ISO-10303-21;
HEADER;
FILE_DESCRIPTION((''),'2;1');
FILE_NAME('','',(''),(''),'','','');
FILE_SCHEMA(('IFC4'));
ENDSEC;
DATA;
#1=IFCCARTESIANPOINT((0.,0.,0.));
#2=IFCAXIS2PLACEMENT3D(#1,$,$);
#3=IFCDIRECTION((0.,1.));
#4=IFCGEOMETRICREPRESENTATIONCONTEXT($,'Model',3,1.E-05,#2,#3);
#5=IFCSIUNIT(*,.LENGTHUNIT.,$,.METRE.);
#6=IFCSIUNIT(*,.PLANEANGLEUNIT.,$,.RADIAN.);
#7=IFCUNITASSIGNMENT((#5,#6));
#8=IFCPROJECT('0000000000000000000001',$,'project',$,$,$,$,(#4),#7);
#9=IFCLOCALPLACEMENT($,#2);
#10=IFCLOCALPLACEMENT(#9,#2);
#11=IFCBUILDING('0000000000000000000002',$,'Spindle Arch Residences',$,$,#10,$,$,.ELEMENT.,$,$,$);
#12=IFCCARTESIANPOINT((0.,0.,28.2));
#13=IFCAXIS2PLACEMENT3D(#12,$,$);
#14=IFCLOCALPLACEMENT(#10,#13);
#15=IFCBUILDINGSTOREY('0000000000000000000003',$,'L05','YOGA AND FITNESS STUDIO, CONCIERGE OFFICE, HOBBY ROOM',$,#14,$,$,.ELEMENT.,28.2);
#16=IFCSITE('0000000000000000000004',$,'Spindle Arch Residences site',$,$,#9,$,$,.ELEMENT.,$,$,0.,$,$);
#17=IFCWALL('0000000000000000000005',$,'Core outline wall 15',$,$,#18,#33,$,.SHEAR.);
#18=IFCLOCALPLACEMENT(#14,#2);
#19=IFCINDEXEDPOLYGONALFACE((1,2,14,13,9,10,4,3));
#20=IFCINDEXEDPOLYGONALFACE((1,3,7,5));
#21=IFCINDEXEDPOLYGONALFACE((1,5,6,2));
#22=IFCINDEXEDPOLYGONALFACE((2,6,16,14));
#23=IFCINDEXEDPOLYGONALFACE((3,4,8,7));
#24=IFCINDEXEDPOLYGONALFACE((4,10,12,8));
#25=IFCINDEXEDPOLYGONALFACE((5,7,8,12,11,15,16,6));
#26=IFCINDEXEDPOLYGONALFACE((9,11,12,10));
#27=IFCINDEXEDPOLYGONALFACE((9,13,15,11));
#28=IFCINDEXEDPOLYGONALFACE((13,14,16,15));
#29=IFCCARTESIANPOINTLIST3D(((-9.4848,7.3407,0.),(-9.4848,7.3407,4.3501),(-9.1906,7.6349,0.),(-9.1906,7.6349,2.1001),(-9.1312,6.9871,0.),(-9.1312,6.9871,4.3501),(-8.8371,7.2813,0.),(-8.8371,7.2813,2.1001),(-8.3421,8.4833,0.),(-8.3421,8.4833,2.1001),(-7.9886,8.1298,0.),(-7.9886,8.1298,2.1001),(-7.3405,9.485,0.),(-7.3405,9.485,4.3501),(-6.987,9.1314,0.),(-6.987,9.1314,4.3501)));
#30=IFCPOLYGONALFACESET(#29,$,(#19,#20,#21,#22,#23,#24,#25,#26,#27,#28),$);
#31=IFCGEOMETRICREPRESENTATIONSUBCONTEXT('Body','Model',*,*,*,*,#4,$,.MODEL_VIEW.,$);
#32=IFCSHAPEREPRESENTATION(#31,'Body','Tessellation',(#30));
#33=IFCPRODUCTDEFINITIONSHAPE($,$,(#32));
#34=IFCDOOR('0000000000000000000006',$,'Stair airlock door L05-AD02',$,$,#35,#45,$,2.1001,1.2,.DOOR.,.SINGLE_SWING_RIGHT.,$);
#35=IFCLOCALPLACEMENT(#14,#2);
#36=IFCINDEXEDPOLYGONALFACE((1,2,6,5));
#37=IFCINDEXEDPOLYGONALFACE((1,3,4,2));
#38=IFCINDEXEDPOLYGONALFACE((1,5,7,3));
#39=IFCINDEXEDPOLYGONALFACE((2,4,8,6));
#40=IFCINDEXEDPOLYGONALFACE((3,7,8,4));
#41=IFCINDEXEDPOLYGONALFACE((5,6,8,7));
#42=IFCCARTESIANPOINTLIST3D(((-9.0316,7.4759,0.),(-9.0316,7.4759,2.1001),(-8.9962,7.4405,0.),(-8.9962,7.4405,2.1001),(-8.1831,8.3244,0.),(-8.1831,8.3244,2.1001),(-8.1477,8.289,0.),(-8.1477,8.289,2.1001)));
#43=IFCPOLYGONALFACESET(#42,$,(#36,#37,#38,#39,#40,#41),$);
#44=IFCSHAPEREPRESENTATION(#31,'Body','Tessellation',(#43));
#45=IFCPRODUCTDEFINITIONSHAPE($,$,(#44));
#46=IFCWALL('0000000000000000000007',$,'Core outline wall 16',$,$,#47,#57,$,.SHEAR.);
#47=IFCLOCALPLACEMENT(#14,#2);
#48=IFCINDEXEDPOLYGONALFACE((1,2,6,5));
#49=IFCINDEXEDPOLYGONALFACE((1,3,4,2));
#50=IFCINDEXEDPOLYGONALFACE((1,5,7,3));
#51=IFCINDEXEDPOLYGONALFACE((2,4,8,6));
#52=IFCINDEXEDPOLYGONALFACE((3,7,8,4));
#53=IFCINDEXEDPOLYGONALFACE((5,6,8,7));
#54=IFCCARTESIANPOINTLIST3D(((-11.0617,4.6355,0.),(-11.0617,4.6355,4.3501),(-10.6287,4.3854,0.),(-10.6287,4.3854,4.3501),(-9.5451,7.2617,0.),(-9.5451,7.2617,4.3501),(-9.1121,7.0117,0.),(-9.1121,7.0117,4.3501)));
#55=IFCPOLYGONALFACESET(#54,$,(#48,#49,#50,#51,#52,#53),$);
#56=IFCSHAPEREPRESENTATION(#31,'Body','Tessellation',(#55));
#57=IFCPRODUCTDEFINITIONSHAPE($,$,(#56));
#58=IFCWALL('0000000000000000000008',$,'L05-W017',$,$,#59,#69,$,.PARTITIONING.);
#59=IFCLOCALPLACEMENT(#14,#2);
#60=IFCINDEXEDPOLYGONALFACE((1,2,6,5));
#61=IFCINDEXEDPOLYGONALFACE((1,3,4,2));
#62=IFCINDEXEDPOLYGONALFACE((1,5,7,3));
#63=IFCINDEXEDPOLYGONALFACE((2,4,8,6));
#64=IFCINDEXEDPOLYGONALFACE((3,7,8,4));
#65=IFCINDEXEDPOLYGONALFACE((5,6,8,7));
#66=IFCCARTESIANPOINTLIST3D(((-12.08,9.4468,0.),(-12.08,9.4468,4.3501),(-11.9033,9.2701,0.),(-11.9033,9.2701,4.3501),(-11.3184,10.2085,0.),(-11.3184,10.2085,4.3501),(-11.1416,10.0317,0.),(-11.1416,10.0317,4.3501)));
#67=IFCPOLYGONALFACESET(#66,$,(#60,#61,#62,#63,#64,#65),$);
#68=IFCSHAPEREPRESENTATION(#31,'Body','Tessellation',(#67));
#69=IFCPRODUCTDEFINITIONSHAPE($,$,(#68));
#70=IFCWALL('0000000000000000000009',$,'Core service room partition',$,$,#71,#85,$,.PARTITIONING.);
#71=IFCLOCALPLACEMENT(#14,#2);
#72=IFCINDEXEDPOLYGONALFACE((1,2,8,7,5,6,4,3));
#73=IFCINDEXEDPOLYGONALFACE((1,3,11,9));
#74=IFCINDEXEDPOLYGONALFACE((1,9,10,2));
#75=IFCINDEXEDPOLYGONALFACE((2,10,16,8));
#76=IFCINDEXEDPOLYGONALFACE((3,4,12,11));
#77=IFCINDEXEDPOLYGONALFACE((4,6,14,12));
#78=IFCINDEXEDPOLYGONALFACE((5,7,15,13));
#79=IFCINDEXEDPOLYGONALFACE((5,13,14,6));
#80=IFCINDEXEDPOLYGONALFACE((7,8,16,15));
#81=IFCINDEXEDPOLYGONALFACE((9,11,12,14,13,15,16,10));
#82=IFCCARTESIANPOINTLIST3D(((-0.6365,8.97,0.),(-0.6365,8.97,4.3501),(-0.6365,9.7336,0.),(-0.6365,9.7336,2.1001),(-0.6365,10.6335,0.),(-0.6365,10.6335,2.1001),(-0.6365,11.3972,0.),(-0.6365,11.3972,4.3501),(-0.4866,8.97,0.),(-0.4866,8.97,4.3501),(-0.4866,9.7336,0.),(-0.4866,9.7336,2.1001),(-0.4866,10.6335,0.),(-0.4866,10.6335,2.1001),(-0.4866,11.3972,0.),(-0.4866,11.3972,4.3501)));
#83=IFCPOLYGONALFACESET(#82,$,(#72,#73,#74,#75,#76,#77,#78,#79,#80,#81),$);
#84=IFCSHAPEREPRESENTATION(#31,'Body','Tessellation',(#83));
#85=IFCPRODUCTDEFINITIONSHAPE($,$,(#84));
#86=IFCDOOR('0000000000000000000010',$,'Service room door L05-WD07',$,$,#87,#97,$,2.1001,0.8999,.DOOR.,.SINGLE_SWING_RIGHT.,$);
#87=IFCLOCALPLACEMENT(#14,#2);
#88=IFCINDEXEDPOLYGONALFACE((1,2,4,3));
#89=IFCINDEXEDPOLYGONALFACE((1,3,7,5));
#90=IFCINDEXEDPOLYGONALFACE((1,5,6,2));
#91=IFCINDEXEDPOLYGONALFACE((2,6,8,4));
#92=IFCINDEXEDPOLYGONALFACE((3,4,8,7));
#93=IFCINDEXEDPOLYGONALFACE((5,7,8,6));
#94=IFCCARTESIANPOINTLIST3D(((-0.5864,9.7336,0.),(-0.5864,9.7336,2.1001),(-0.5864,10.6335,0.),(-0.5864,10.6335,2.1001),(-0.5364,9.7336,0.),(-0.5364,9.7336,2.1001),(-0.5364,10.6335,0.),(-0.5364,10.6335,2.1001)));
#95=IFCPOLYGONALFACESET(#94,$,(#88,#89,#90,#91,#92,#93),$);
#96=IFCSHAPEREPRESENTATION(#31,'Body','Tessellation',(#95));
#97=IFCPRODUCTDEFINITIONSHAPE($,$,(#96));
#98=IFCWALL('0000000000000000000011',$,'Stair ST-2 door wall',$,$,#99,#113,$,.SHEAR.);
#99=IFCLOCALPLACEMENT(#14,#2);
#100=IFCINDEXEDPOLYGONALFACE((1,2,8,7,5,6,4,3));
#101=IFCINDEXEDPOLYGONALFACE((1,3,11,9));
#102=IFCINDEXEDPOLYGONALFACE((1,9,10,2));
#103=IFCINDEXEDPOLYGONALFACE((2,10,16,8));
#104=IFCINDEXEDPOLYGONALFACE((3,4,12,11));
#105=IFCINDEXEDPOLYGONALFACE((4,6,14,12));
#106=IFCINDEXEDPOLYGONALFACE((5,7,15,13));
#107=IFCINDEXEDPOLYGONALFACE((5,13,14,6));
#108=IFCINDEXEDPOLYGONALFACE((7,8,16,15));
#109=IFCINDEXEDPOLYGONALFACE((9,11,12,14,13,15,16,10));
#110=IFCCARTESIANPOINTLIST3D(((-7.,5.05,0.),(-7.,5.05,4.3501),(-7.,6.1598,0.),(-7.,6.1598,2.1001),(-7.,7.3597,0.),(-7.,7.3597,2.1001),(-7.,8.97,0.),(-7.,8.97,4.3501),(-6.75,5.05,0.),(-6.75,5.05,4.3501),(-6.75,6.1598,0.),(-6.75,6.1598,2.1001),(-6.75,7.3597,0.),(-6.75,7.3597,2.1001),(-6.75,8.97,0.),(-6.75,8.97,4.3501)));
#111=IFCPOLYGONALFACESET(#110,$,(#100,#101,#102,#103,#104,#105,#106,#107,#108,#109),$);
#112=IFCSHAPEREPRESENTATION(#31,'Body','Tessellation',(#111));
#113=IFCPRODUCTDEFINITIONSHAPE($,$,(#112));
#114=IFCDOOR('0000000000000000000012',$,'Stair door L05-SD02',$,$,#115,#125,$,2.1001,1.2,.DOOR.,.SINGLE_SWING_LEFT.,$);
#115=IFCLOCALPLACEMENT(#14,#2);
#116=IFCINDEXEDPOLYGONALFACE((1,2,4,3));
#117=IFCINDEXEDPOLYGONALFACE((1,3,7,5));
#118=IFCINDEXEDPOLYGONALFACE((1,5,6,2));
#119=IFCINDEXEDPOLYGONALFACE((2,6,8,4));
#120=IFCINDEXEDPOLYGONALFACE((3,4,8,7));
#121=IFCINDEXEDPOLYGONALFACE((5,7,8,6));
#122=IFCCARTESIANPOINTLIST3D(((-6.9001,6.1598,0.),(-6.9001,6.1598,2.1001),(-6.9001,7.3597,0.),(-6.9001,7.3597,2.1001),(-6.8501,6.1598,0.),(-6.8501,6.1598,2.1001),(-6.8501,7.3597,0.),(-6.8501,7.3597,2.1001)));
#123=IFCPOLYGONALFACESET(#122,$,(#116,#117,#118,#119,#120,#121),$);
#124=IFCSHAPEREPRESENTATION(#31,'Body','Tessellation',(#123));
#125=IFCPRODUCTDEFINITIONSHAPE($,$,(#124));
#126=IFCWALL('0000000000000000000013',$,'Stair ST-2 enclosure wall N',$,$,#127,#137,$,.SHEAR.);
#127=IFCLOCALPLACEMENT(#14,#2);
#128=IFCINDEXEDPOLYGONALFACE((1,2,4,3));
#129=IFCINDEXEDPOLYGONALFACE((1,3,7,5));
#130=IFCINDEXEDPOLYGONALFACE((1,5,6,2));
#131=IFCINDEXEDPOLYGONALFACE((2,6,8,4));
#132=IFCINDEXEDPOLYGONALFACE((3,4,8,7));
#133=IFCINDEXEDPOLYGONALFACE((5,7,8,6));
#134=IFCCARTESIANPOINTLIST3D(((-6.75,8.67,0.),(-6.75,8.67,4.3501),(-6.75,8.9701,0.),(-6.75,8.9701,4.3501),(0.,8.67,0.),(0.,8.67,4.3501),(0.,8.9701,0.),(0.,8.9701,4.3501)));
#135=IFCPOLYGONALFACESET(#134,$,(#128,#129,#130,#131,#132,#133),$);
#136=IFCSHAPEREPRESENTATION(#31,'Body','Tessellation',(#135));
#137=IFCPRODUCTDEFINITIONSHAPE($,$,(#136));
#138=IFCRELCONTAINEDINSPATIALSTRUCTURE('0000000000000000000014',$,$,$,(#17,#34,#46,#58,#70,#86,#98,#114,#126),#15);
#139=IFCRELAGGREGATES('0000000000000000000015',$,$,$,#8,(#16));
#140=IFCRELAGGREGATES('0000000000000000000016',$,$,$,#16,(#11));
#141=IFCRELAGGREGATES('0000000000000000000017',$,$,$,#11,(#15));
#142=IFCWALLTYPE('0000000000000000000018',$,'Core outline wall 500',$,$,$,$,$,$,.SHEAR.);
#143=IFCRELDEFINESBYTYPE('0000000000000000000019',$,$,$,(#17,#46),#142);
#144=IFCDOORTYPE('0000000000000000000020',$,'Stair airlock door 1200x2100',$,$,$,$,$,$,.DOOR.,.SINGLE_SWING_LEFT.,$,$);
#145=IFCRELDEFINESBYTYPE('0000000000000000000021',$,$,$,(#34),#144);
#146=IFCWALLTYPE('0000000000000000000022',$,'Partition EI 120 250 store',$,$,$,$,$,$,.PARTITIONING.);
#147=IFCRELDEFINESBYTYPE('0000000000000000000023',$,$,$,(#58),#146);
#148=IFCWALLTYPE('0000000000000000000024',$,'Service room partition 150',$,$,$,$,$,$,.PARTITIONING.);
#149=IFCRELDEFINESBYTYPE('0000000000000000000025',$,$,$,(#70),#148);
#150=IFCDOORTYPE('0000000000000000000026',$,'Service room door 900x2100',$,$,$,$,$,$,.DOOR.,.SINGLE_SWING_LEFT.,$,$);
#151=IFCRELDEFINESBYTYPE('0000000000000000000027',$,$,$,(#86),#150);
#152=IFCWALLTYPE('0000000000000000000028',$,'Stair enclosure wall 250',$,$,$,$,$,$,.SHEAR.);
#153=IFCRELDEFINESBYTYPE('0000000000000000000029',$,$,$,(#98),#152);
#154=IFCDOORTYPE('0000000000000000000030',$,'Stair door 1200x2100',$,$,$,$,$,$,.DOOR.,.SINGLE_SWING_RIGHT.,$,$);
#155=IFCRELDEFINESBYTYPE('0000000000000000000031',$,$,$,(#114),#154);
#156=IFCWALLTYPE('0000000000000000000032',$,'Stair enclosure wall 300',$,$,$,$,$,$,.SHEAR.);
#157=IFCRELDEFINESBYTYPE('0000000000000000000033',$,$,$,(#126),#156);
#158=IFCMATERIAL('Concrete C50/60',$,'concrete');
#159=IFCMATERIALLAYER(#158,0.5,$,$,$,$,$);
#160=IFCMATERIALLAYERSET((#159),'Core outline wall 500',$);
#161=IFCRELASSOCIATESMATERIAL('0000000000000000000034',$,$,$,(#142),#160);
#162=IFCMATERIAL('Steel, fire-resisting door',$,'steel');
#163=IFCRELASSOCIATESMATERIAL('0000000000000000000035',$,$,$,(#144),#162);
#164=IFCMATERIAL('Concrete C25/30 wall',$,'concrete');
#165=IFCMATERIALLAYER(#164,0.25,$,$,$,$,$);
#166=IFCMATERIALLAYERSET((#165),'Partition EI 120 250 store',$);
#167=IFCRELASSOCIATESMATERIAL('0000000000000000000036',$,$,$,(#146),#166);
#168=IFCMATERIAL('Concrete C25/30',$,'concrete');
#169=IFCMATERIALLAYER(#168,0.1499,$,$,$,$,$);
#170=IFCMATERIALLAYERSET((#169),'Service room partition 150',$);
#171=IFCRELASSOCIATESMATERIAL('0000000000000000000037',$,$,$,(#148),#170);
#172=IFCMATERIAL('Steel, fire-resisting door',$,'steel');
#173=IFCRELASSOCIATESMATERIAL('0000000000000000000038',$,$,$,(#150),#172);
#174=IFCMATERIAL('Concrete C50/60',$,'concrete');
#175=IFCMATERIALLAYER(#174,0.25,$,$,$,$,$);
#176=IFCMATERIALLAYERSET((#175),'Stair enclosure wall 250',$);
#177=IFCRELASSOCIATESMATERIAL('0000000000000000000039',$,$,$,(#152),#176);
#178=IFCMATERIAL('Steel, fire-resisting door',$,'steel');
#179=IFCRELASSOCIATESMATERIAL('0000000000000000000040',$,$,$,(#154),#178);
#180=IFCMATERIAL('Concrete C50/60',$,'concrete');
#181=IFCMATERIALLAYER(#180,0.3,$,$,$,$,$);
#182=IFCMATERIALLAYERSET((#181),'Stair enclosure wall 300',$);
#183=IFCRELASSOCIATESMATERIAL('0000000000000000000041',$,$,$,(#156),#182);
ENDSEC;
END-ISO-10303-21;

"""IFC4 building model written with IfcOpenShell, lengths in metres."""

from ifc_helpers import new_model, si_unit, direction, frame, frame_2d, origin, place, context, subcontext, project, spatial, rectangle, extrude, material, layer, layer_set, type_object, element, fill, save


model = new_model("IFC4")

# Units and contexts
model_context = context("Model", 3, precision=1e-05, world=origin(), true_north=direction((0.0, 1.0)))
body_context = subcontext(model_context, "Body", "Model", "MODEL_VIEW")
ifc_project = project(units=[si_unit("LENGTHUNIT", "METRE"), si_unit("PLANEANGLEUNIT", "RADIAN")], contexts=[model_context])

# Site, building, storey
site_placement = place(None, origin())
site = spatial("IfcSite", under=ifc_project, at=site_placement, Name="Spindle Arch Residences site", CompositionType="ELEMENT", RefElevation=0.0)
building_placement = place(site_placement, origin())
building = spatial("IfcBuilding", under=site, at=building_placement, Name="Spindle Arch Residences", CompositionType="ELEMENT")
storey_placement = place(building_placement, frame((0.0, 0.0, 28.2)))
storey = spatial("IfcBuildingStorey", under=building, at=storey_placement, Name="L05", Description="YOGA AND FITNESS STUDIO, CONCIERGE OFFICE, HOBBY ROOM", CompositionType="ELEMENT", Elevation=28.2)

# Wall, opening, door
ifc_material_1 = material(Name="Concrete C50/60", Category="concrete")
ifc_layer_1 = layer(ifc_material_1, 0.5)
ifc_layer_set_1 = layer_set([ifc_layer_1], Name="Core outline wall 500")
wall_type_1 = type_object("IfcWallType", Name="Core outline wall 500", PredefinedType="SHEAR", material=ifc_layer_set_1)
wall_1_placement = place(storey_placement, frame((-7.1638, 9.3081, 0.0), z_axis=(0.0, 0.0, 1.0), x_axis=(-0.707107, -0.707107, 0.0)))
wall_1 = element("IfcWall", 1, at=wall_1_placement, inside=storey, type_object=wall_type_1, Name="Core outline wall 15", PredefinedType="SHEAR", context=body_context, shape_type="SweptSolid", body=[
    extrude(rectangle(XDim=3.0325, YDim=0.5, at=frame_2d((1.5161, 0.0))), origin(), (0.0, 0.0, 1.0), 4.3501),
])
opening_1_placement = place(wall_1_placement, frame((1.4163, 0.0, 0.0)))
opening_1 = element("IfcOpeningElement", 2, at=opening_1_placement, cuts=wall_1, PredefinedType="OPENING", context=body_context, shape_type="SweptSolid", body=[
    extrude(rectangle(XDim=1.2, YDim=2.1001, at=frame_2d((0.6001, 1.05))), frame((0.0, 0.26, 0.0), z_axis=(0.0, -1.0, 0.0), x_axis=(1.0, 0.0, 0.0)), (0.0, 0.0, 1.0), 0.52),
])
ifc_material_2 = material(Name="Steel, fire-resisting door", Category="steel")
door_type_1 = type_object("IfcDoorType", Name="Stair airlock door 1200x2100", OperationType="SINGLE_SWING_LEFT", PredefinedType="DOOR", material=ifc_material_2)
door_1_placement = place(opening_1_placement, origin())
door_1 = element("IfcDoor", 3, at=door_1_placement, inside=storey, type_object=door_type_1, Name="Stair airlock door L05-AD02", OperationType="SINGLE_SWING_RIGHT", OverallHeight=2.1001, OverallWidth=1.2, PredefinedType="DOOR", context=body_context, shape_type="SweptSolid", body=[
    extrude(rectangle(XDim=1.2, YDim=2.1001, at=frame_2d((0.6001, 1.05))), frame((0.0, 0.0249, 0.0), z_axis=(0.0, -1.0, 0.0), x_axis=(1.0, 0.0, 0.0)), (0.0, 0.0, 1.0), 0.05),
])
fill(opening_1, door_1)

# Walls
wall_2_placement = place(storey_placement, frame((-9.3286, 7.1367, 0.0), z_axis=(0.0, 0.0, 1.0), x_axis=(-0.500087, -0.865975, 0.0)))
element("IfcWall", 4, at=wall_2_placement, inside=storey, type_object=wall_type_1, Name="Core outline wall 16", PredefinedType="SHEAR", context=body_context, shape_type="SweptSolid", body=[
    extrude(rectangle(XDim=3.0327, YDim=0.5, at=frame_2d((1.5164, 0.0))), origin(), (0.0, 0.0, 1.0), 4.3501),
])
ifc_material_3 = material(Name="Concrete C25/30 wall", Category="concrete")
ifc_layer_2 = layer(ifc_material_3, 0.25)
ifc_layer_set_2 = layer_set([ifc_layer_2], Name="Partition EI 120 250 store")
wall_type_2 = type_object("IfcWallType", Name="Partition EI 120 250 store", PredefinedType="PARTITIONING", material=ifc_layer_set_2)
wall_3_placement = place(storey_placement, frame((-11.23, 10.1201, 0.0), z_axis=(0.0, 0.0, 1.0), x_axis=(-0.707107, -0.707107, 0.0)))
element("IfcWall", 5, at=wall_3_placement, inside=storey, type_object=wall_type_2, Name="L05-W017", PredefinedType="PARTITIONING", context=body_context, shape_type="SweptSolid", body=[
    extrude(rectangle(XDim=1.0771, YDim=0.25, at=frame_2d((0.5386, 0.0))), origin(), (0.0, 0.0, 1.0), 4.3501),
])

# Walls, openings, doors
ifc_material_4 = material(Name="Concrete C25/30", Category="concrete")
ifc_layer_3 = layer(ifc_material_4, 0.1499)
ifc_layer_set_3 = layer_set([ifc_layer_3], Name="Service room partition 150")
wall_type_3 = type_object("IfcWallType", Name="Service room partition 150", PredefinedType="PARTITIONING", material=ifc_layer_set_3)
wall_4_placement = place(storey_placement, frame((-0.5615, 8.97, 0.0), z_axis=(0.0, 0.0, 1.0), x_axis=(0.0, 1.0, 0.0)))
wall_4 = element("IfcWall", 6, at=wall_4_placement, inside=storey, type_object=wall_type_3, Name="Core service room partition", PredefinedType="PARTITIONING", context=body_context, shape_type="SweptSolid", body=[
    extrude(rectangle(XDim=2.4272, YDim=0.1499, at=frame_2d((1.2136, 0.0))), origin(), (0.0, 0.0, 1.0), 4.3501),
])
opening_2_placement = place(wall_4_placement, frame((0.7637, 0.0, 0.0)))
opening_2 = element("IfcOpeningElement", 7, at=opening_2_placement, cuts=wall_4, PredefinedType="OPENING", context=body_context, shape_type="SweptSolid", body=[
    extrude(rectangle(XDim=0.8999, YDim=2.1001, at=frame_2d((0.45, 1.05))), frame((0.0, 0.085, 0.0), z_axis=(0.0, -1.0, 0.0), x_axis=(1.0, 0.0, 0.0)), (0.0, 0.0, 1.0), 0.1699),
])
ifc_material_5 = material(Name="Steel, fire-resisting door", Category="steel")
door_type_2 = type_object("IfcDoorType", Name="Service room door 900x2100", OperationType="SINGLE_SWING_LEFT", PredefinedType="DOOR", material=ifc_material_5)
door_2_placement = place(opening_2_placement, origin())
door_2 = element("IfcDoor", 8, at=door_2_placement, inside=storey, type_object=door_type_2, Name="Service room door L05-WD07", OperationType="SINGLE_SWING_RIGHT", OverallHeight=2.1001, OverallWidth=0.8999, PredefinedType="DOOR", context=body_context, shape_type="SweptSolid", body=[
    extrude(rectangle(XDim=0.8999, YDim=2.1001, at=frame_2d((0.45, 1.05))), frame((0.0, 0.0249, 0.0), z_axis=(0.0, -1.0, 0.0), x_axis=(1.0, 0.0, 0.0)), (0.0, 0.0, 1.0), 0.05),
])
fill(opening_2, door_2)
ifc_material_6 = material(Name="Concrete C50/60", Category="concrete")
ifc_layer_4 = layer(ifc_material_6, 0.25)
ifc_layer_set_4 = layer_set([ifc_layer_4], Name="Stair enclosure wall 250")
wall_type_4 = type_object("IfcWallType", Name="Stair enclosure wall 250", PredefinedType="SHEAR", material=ifc_layer_set_4)
wall_5_placement = place(storey_placement, frame((-6.875, 8.97, 0.0), z_axis=(0.0, 0.0, 1.0), x_axis=(0.0, -1.0, 0.0)))
wall_5 = element("IfcWall", 9, at=wall_5_placement, inside=storey, type_object=wall_type_4, Name="Stair ST-2 door wall", PredefinedType="SHEAR", context=body_context, shape_type="SweptSolid", body=[
    extrude(rectangle(XDim=3.9199, YDim=0.25, at=frame_2d((1.96, 0.0))), origin(), (0.0, 0.0, 1.0), 4.3501),
])
opening_3_placement = place(wall_5_placement, frame((1.6101, 0.0, 0.0)))
opening_3 = element("IfcOpeningElement", 10, at=opening_3_placement, cuts=wall_5, PredefinedType="OPENING", context=body_context, shape_type="SweptSolid", body=[
    extrude(rectangle(XDim=1.2, YDim=2.1001, at=frame_2d((0.6001, 1.05))), frame((0.0, 0.135, 0.0), z_axis=(0.0, -1.0, 0.0), x_axis=(1.0, 0.0, 0.0)), (0.0, 0.0, 1.0), 0.27),
])
ifc_material_7 = material(Name="Steel, fire-resisting door", Category="steel")
door_type_3 = type_object("IfcDoorType", Name="Stair door 1200x2100", OperationType="SINGLE_SWING_RIGHT", PredefinedType="DOOR", material=ifc_material_7)
door_3_placement = place(opening_3_placement, origin())
door_3 = element("IfcDoor", 11, at=door_3_placement, inside=storey, type_object=door_type_3, Name="Stair door L05-SD02", OperationType="SINGLE_SWING_LEFT", OverallHeight=2.1001, OverallWidth=1.2, PredefinedType="DOOR", context=body_context, shape_type="SweptSolid", body=[
    extrude(rectangle(XDim=1.2, YDim=2.1001, at=frame_2d((0.6001, 1.05))), frame((0.0, 0.0249, 0.0), z_axis=(0.0, -1.0, 0.0), x_axis=(1.0, 0.0, 0.0)), (0.0, 0.0, 1.0), 0.05),
])
fill(opening_3, door_3)

# Wall
ifc_material_8 = material(Name="Concrete C50/60", Category="concrete")
ifc_layer_5 = layer(ifc_material_8, 0.3)
ifc_layer_set_5 = layer_set([ifc_layer_5], Name="Stair enclosure wall 300")
wall_type_5 = type_object("IfcWallType", Name="Stair enclosure wall 300", PredefinedType="SHEAR", material=ifc_layer_set_5)
wall_6_placement = place(storey_placement, frame((-6.75, 8.8201, 0.0), z_axis=(0.0, 0.0, 1.0), x_axis=(1.0, 0.0, 0.0)))
element("IfcWall", 12, at=wall_6_placement, inside=storey, type_object=wall_type_5, Name="Stair ST-2 enclosure wall N", PredefinedType="SHEAR", context=body_context, shape_type="SweptSolid", body=[
    extrude(rectangle(XDim=6.75, YDim=0.3, at=frame_2d((3.375, 0.0))), origin(), (0.0, 0.0, 1.0), 4.3501),
])

save(model, "model.ifc")
